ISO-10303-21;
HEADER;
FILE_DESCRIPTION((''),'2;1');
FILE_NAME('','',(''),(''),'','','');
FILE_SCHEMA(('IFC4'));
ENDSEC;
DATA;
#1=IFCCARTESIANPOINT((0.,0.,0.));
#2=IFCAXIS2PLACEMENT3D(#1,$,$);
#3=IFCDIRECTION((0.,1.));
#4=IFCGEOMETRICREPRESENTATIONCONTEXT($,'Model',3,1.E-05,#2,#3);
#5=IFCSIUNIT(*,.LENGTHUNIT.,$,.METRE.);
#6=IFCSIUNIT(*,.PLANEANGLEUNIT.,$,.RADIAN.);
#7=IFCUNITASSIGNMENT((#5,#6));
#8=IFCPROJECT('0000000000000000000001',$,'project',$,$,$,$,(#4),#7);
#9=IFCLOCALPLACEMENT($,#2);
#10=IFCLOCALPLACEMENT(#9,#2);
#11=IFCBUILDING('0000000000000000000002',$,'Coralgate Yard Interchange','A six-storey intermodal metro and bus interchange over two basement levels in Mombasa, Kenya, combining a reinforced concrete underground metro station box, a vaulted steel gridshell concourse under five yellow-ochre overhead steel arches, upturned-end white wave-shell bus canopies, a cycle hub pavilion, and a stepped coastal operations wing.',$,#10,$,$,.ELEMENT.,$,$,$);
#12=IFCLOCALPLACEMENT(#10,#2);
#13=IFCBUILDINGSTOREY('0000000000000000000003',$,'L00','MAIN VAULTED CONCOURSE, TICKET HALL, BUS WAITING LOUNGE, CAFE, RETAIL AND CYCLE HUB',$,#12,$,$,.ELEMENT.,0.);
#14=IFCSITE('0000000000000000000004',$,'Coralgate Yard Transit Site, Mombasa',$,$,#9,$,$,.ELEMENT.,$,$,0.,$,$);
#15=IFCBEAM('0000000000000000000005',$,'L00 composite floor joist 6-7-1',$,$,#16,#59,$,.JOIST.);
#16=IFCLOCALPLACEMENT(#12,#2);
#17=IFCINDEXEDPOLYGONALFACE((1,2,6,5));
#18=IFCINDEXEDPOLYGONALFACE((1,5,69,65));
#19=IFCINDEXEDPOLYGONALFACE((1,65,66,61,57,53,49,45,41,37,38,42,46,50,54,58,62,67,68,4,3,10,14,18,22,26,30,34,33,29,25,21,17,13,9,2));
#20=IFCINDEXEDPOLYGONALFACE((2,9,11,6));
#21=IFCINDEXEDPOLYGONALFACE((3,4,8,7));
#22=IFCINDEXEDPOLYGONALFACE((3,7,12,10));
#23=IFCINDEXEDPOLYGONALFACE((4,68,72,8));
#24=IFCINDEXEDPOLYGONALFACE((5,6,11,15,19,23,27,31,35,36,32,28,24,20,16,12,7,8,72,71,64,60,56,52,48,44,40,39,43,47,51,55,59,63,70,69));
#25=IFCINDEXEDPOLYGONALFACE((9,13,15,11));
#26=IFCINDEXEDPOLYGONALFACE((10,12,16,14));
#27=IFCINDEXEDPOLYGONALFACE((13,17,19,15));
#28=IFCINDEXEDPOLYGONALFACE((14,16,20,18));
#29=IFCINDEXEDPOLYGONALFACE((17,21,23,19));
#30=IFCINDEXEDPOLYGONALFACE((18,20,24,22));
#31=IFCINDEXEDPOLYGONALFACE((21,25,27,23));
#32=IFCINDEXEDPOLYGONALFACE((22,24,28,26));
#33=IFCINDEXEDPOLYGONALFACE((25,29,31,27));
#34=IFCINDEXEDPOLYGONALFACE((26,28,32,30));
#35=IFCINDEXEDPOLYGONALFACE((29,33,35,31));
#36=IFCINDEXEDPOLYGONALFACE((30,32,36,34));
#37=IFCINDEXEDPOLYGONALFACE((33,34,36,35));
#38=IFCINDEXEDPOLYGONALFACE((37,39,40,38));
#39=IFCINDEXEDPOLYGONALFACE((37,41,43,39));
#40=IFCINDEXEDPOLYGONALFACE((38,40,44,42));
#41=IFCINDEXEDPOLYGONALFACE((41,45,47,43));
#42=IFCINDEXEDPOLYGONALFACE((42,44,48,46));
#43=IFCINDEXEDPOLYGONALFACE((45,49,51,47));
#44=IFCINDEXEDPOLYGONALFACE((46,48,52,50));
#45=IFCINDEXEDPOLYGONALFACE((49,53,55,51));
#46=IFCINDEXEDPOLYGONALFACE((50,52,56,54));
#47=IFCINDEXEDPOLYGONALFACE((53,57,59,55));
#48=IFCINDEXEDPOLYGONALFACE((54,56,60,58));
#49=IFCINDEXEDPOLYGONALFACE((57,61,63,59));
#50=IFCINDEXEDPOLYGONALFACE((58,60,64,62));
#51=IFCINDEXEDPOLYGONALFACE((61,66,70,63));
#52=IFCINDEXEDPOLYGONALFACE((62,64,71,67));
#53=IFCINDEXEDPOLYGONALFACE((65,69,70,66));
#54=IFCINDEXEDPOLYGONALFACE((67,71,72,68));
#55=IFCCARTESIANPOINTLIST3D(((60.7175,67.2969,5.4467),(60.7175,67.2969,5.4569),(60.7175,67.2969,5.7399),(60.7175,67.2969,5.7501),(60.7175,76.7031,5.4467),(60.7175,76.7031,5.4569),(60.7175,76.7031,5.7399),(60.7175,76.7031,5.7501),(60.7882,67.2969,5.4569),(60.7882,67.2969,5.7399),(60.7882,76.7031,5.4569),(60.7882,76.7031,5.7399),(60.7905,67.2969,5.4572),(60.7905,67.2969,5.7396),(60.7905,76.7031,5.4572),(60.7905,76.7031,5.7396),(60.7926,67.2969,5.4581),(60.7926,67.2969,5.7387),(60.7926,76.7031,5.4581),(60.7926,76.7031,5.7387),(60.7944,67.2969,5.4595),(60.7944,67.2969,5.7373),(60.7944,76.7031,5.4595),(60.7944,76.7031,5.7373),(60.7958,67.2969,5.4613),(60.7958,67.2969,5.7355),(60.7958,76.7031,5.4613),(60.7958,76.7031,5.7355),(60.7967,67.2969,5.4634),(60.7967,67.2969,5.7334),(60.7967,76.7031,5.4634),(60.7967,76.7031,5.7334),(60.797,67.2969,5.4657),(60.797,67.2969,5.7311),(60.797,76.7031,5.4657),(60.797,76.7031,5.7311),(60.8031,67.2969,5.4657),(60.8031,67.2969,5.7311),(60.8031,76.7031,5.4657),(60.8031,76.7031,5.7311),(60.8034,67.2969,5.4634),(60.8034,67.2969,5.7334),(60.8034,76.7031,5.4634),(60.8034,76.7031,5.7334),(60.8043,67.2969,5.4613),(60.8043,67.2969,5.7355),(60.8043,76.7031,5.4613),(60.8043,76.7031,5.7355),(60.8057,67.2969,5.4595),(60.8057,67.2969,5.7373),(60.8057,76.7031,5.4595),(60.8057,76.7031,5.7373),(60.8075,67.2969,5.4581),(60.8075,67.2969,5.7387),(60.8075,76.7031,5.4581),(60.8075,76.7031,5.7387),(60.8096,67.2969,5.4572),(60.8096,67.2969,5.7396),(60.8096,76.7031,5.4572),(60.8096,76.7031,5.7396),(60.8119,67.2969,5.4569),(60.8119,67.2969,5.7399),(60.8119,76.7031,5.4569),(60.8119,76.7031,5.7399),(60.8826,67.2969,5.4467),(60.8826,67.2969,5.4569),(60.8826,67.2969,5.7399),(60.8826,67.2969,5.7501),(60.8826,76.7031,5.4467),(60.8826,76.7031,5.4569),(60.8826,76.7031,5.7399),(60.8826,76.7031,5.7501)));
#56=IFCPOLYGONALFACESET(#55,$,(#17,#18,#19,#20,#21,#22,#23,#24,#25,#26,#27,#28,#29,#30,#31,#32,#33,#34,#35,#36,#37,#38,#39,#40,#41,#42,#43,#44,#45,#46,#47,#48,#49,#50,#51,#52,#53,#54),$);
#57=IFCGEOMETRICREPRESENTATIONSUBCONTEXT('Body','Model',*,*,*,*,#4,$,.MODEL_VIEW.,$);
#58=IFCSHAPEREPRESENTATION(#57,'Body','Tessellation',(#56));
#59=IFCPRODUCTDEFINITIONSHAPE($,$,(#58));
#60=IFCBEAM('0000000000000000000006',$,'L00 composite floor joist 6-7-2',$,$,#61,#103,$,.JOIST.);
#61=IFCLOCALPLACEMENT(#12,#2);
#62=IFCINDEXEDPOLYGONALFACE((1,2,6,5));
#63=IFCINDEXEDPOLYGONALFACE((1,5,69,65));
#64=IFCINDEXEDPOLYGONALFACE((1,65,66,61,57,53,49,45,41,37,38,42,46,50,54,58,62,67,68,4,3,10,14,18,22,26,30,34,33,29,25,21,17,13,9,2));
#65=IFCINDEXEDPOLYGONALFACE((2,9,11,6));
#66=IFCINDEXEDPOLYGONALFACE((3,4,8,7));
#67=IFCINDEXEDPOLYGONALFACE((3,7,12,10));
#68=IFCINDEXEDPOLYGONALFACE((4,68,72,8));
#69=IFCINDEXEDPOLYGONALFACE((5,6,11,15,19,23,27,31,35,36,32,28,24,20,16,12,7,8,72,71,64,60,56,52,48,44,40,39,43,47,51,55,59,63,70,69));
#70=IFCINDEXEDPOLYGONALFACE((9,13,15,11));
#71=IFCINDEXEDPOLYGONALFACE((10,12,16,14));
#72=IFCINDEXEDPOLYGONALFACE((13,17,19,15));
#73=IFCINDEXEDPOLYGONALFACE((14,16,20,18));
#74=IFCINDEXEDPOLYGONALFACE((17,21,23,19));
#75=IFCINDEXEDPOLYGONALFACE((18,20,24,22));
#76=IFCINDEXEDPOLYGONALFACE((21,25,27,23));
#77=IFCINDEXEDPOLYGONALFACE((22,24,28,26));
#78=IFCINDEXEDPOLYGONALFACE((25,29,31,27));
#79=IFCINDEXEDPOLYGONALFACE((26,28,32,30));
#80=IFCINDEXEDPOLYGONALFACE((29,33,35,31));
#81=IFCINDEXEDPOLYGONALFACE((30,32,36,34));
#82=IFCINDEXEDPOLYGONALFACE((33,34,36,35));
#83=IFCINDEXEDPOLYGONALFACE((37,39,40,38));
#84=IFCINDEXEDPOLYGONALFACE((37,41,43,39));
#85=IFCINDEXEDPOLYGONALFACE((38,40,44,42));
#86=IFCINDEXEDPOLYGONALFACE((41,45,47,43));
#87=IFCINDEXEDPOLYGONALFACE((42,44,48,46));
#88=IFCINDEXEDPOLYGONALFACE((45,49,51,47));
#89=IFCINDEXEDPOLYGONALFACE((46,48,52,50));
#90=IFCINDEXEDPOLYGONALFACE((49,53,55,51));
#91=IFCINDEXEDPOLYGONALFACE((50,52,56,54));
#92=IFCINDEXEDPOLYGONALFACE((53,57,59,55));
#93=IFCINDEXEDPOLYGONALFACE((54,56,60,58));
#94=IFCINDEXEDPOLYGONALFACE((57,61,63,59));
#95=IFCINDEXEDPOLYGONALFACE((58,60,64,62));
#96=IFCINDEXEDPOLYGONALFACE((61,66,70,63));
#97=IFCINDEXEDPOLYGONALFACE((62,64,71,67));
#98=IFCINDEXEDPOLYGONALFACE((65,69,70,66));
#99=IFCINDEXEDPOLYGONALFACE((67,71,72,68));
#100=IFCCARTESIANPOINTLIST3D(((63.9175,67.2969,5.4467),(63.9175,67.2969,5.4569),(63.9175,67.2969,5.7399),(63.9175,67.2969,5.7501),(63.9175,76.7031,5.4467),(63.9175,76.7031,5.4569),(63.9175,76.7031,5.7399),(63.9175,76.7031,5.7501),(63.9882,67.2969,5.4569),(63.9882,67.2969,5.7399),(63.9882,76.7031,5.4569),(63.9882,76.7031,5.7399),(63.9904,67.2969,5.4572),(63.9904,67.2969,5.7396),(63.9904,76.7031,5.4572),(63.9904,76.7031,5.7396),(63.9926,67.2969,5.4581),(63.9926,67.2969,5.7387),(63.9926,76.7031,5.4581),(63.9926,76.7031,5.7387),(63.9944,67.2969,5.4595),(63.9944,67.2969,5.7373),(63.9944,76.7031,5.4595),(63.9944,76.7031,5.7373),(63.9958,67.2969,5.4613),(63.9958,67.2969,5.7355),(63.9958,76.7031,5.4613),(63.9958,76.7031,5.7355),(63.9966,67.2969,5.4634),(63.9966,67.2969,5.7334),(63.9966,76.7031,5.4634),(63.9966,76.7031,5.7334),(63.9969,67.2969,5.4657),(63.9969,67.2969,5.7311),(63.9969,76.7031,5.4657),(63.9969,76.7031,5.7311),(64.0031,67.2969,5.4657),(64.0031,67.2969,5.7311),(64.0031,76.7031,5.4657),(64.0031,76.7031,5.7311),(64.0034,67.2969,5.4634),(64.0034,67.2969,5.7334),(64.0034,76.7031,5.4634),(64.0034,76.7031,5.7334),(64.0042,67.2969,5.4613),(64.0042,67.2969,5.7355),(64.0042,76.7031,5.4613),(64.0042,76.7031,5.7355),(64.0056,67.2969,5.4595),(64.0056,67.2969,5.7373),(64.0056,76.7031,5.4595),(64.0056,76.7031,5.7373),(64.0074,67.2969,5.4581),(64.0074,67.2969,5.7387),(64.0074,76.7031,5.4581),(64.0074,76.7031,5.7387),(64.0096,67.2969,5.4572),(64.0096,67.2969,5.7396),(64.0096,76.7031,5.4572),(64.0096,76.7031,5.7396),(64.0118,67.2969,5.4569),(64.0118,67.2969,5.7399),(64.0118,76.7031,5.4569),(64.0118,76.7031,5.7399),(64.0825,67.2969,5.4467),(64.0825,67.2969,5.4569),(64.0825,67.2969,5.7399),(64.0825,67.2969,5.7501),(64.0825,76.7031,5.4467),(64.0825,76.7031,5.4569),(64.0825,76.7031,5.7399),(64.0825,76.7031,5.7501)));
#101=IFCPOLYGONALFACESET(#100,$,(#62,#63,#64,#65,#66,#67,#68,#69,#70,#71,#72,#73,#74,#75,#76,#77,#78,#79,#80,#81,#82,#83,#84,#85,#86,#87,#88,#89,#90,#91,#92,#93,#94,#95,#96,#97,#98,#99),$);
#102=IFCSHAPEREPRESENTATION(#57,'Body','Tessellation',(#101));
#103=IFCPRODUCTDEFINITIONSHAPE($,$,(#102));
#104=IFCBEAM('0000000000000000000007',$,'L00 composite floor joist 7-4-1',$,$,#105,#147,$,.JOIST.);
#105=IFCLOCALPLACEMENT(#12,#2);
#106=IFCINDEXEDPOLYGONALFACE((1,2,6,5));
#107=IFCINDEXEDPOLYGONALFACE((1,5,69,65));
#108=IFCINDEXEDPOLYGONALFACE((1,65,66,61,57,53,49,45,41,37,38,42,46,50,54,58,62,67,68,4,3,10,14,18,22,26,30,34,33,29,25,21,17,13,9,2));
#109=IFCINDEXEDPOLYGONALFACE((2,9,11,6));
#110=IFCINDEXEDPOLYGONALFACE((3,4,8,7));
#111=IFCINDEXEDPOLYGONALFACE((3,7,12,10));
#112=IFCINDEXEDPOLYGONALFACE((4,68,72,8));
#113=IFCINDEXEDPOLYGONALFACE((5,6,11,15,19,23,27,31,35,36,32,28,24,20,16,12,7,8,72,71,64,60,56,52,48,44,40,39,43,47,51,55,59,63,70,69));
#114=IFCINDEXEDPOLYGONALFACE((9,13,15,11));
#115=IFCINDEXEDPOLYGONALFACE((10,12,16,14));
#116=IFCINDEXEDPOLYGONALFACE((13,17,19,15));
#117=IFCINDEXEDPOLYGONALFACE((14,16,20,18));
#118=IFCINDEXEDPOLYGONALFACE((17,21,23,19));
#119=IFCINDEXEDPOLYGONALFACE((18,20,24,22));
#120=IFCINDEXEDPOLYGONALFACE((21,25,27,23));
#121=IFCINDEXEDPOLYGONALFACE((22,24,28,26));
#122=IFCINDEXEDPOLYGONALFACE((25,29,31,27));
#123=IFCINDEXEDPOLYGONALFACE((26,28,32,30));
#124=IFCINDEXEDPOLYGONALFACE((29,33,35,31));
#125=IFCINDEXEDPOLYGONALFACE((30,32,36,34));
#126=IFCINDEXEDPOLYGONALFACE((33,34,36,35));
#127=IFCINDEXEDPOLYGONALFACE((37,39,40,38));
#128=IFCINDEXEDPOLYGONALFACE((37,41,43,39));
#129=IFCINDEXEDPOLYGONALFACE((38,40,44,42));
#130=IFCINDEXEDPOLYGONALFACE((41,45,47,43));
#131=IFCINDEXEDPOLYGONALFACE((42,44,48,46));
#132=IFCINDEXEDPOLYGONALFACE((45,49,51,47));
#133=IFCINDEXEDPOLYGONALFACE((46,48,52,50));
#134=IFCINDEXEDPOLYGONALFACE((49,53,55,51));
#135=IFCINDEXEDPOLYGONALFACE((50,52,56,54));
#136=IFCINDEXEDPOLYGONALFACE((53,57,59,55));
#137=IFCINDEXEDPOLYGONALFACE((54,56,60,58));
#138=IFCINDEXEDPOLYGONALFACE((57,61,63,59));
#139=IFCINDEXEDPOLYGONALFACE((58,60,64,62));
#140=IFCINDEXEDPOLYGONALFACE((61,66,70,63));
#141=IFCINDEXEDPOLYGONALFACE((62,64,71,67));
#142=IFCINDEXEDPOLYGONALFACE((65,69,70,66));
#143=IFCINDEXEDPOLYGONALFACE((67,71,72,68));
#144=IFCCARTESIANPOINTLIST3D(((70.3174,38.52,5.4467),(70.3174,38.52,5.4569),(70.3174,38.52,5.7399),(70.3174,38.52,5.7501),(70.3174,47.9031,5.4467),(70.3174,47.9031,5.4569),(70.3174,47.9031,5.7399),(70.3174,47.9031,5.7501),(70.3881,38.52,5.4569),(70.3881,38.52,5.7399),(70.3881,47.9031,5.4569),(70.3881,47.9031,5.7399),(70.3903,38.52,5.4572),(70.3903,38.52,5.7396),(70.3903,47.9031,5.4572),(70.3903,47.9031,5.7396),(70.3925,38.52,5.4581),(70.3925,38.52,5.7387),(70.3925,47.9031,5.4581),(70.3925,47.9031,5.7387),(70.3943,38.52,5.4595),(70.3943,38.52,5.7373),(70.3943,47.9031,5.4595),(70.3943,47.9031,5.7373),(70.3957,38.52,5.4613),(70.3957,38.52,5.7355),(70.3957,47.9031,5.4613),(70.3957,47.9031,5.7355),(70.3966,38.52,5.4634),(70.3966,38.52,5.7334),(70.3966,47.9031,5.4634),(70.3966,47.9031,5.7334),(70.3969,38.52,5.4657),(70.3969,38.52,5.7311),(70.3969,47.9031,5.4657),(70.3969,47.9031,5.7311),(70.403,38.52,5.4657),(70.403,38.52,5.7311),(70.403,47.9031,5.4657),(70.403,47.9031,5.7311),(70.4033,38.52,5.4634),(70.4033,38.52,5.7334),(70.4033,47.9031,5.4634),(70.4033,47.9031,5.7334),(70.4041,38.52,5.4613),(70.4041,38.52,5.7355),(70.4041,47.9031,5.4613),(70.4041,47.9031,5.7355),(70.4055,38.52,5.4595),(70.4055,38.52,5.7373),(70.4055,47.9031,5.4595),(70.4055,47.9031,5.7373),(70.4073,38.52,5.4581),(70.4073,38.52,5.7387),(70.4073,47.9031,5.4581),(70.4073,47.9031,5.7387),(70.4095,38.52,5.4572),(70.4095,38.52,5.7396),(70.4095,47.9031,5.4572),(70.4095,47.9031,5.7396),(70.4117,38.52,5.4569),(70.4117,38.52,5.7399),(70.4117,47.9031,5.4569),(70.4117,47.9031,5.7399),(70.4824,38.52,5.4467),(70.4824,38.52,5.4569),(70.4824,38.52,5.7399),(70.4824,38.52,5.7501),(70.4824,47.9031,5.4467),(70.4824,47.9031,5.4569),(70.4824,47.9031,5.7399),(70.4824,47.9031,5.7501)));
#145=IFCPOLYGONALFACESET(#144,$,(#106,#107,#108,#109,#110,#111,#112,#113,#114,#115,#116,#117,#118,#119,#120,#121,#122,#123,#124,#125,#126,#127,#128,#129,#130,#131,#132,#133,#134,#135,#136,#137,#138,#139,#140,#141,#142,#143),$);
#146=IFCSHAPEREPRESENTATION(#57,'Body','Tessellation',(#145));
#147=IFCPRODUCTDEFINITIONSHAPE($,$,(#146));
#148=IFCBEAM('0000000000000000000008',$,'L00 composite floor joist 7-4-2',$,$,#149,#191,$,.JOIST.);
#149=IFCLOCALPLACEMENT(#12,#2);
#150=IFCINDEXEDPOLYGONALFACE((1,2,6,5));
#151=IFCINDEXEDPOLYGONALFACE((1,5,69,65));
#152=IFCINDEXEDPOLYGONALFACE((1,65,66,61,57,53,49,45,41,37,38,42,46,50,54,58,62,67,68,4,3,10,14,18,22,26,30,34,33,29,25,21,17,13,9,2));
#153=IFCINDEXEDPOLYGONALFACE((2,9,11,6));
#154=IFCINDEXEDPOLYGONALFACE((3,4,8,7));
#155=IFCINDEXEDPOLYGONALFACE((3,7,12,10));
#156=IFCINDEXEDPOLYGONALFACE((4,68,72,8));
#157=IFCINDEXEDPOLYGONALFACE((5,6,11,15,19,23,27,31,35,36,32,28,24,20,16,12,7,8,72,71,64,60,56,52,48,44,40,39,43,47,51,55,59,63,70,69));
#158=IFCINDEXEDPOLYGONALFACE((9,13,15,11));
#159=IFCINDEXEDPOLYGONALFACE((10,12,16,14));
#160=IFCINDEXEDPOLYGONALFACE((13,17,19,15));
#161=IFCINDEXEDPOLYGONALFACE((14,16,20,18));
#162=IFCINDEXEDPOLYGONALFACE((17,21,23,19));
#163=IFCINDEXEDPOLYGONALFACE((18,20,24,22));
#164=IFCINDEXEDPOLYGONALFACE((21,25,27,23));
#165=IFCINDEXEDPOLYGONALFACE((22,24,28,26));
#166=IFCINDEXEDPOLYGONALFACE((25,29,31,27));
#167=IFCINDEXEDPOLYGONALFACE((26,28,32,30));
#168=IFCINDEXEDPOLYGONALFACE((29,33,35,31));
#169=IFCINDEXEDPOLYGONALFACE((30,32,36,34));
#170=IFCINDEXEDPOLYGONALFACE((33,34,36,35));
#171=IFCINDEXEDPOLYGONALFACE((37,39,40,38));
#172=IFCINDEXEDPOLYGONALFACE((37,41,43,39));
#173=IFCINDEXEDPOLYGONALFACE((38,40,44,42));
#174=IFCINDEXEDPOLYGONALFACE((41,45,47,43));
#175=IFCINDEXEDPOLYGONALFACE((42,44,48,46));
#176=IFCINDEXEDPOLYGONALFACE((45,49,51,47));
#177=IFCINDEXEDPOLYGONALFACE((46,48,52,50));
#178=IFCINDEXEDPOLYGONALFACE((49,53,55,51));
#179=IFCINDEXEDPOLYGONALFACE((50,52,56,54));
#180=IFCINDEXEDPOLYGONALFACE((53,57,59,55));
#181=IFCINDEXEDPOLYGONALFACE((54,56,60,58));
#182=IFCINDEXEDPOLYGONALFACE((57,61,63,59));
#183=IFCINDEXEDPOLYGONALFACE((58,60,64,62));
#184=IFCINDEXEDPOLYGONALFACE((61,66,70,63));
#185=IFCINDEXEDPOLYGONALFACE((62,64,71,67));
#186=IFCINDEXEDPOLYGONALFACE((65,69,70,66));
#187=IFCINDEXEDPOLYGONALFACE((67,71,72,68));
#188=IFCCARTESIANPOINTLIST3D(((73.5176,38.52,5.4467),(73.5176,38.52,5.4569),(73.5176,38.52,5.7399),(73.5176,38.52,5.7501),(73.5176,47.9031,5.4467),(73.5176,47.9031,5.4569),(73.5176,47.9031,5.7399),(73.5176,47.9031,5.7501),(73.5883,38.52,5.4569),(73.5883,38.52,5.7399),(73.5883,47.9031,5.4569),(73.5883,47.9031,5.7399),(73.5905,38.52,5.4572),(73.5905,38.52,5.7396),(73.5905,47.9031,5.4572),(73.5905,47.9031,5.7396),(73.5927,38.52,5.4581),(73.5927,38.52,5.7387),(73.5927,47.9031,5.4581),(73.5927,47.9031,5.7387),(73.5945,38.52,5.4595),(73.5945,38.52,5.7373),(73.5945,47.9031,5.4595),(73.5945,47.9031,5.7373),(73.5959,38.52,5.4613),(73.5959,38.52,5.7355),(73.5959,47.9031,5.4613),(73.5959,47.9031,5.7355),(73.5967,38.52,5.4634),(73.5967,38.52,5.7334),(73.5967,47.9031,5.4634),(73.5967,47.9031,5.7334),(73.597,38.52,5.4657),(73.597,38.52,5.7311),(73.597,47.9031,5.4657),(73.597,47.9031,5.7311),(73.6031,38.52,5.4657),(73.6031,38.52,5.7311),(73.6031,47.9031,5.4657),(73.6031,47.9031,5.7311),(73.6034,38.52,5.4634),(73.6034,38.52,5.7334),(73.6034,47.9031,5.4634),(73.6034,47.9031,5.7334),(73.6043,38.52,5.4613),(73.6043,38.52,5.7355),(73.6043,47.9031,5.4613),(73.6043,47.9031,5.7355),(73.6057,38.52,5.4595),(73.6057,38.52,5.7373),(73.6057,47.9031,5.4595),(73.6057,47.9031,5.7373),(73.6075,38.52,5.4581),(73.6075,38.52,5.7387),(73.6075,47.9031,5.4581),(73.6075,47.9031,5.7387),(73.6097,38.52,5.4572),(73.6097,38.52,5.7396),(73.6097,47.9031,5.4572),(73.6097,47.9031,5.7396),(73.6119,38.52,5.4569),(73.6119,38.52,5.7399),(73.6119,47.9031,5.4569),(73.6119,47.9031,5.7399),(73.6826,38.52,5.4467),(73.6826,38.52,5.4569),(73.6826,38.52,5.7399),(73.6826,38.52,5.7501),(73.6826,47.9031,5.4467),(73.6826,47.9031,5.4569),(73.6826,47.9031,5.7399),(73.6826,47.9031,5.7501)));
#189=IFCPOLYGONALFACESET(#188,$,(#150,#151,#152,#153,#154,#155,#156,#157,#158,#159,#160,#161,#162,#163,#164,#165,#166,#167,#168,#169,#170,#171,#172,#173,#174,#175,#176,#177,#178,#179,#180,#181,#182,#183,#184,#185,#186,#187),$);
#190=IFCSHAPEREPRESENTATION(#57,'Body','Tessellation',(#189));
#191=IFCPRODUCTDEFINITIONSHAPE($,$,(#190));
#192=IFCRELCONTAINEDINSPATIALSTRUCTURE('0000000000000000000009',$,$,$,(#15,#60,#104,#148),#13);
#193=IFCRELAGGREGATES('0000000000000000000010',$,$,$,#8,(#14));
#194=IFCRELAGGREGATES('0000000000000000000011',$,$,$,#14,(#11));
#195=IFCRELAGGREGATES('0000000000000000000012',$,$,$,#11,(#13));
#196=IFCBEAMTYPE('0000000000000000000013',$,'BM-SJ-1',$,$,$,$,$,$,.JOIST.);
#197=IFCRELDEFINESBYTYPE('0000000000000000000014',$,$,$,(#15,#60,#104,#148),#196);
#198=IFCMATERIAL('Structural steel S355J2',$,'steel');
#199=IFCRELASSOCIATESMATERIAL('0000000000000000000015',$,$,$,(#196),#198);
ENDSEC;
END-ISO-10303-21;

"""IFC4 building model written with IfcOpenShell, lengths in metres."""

from ifc_helpers import new_model, si_unit, direction, frame, origin, origin_2d, place, context, subcontext, project, spatial, i_section, extrude, material, material_profile, profile_set, type_object, element, save


model = new_model("IFC4")

# Units and contexts
model_context = context("Model", 3, precision=1e-05, world=origin(), true_north=direction((0.0, 1.0)))
body_context = subcontext(model_context, "Body", "Model", "MODEL_VIEW")
ifc_project = project(units=[si_unit("LENGTHUNIT", "METRE"), si_unit("PLANEANGLEUNIT", "RADIAN")], contexts=[model_context])

# Site, building, storey
site_placement = place(None, origin())
site = spatial("IfcSite", under=ifc_project, at=site_placement, Name="Coralgate Yard Transit Site, Mombasa", CompositionType="ELEMENT", RefElevation=0.0)
building_placement = place(site_placement, origin())
building = spatial("IfcBuilding", under=site, at=building_placement, Name="Coralgate Yard Interchange", Description="A six-storey intermodal metro and bus interchange over two basement levels in Mombasa, Kenya, combining a reinforced concrete underground metro station box, a vaulted steel gridshell concourse under five yellow-ochre overhead steel arches, upturned-end white wave-shell bus canopies, a cycle hub pavilion, and a stepped coastal operations wing.", CompositionType="ELEMENT")
storey_placement = place(building_placement, origin())
storey = spatial("IfcBuildingStorey", under=building, at=storey_placement, Name="L00", Description="MAIN VAULTED CONCOURSE, TICKET HALL, BUS WAITING LOUNGE, CAFE, RETAIL AND CYCLE HUB", CompositionType="ELEMENT", Elevation=0.0)

# Shared definitions
ifc_material_1 = material(Name="Structural steel S355J2", Category="steel")

# Beams
ifc_material_profile_1 = material_profile(ifc_material_1, i_section(OverallWidth=0.165, OverallDepth=0.3035, WebThickness=0.0061, FlangeThickness=0.0103, FilletRadius=0.0088, at=origin_2d()), Name="UB 305x165x40")
ifc_profile_set_1 = profile_set([ifc_material_profile_1], Name="Structural steel S355J2")
beam_type_1 = type_object("IfcBeamType", Name="BM-SJ-1", PredefinedType="JOIST", material=ifc_profile_set_1)
for number, where, z_axis, x_axis, name in (
    (1, (60.8, 67.2969, 5.5984), (0.0, 1.0, 0.0), (-1.0, 0.0, 0.0), "L00 composite floor joist 6-7-1"),
    (2, (64.0, 67.2969, 5.5984), (0.0, 1.0, 0.0), (-1.0, 0.0, 0.0), "L00 composite floor joist 6-7-2"),
):
    element("IfcBeam", number, at=place(storey_placement, frame(where, z_axis=z_axis, x_axis=x_axis)), inside=storey, type_object=beam_type_1, Name=name, PredefinedType="JOIST", context=body_context, shape_type="SweptSolid", body=[
        extrude(i_section(OverallWidth=0.165, OverallDepth=0.3035, WebThickness=0.0061, FlangeThickness=0.0103, FilletRadius=0.0088, at=origin_2d()), origin(), (0.0, 0.0, 1.0), 9.4062),
    ])
for number, where, z_axis, x_axis, name in (
    (3, (70.3999, 38.52, 5.5984), (0.0, 1.0, 0.0), (-1.0, 0.0, 0.0), "L00 composite floor joist 7-4-1"),
    (4, (73.6001, 38.52, 5.5984), (0.0, 1.0, 0.0), (-1.0, 0.0, 0.0), "L00 composite floor joist 7-4-2"),
):
    element("IfcBeam", number, at=place(storey_placement, frame(where, z_axis=z_axis, x_axis=x_axis)), inside=storey, type_object=beam_type_1, Name=name, PredefinedType="JOIST", context=body_context, shape_type="SweptSolid", body=[
        extrude(i_section(OverallWidth=0.165, OverallDepth=0.3035, WebThickness=0.0061, FlangeThickness=0.0103, FilletRadius=0.0088, at=origin_2d()), origin(), (0.0, 0.0, 1.0), 9.3831),
    ])

save(model, "model.ifc")
